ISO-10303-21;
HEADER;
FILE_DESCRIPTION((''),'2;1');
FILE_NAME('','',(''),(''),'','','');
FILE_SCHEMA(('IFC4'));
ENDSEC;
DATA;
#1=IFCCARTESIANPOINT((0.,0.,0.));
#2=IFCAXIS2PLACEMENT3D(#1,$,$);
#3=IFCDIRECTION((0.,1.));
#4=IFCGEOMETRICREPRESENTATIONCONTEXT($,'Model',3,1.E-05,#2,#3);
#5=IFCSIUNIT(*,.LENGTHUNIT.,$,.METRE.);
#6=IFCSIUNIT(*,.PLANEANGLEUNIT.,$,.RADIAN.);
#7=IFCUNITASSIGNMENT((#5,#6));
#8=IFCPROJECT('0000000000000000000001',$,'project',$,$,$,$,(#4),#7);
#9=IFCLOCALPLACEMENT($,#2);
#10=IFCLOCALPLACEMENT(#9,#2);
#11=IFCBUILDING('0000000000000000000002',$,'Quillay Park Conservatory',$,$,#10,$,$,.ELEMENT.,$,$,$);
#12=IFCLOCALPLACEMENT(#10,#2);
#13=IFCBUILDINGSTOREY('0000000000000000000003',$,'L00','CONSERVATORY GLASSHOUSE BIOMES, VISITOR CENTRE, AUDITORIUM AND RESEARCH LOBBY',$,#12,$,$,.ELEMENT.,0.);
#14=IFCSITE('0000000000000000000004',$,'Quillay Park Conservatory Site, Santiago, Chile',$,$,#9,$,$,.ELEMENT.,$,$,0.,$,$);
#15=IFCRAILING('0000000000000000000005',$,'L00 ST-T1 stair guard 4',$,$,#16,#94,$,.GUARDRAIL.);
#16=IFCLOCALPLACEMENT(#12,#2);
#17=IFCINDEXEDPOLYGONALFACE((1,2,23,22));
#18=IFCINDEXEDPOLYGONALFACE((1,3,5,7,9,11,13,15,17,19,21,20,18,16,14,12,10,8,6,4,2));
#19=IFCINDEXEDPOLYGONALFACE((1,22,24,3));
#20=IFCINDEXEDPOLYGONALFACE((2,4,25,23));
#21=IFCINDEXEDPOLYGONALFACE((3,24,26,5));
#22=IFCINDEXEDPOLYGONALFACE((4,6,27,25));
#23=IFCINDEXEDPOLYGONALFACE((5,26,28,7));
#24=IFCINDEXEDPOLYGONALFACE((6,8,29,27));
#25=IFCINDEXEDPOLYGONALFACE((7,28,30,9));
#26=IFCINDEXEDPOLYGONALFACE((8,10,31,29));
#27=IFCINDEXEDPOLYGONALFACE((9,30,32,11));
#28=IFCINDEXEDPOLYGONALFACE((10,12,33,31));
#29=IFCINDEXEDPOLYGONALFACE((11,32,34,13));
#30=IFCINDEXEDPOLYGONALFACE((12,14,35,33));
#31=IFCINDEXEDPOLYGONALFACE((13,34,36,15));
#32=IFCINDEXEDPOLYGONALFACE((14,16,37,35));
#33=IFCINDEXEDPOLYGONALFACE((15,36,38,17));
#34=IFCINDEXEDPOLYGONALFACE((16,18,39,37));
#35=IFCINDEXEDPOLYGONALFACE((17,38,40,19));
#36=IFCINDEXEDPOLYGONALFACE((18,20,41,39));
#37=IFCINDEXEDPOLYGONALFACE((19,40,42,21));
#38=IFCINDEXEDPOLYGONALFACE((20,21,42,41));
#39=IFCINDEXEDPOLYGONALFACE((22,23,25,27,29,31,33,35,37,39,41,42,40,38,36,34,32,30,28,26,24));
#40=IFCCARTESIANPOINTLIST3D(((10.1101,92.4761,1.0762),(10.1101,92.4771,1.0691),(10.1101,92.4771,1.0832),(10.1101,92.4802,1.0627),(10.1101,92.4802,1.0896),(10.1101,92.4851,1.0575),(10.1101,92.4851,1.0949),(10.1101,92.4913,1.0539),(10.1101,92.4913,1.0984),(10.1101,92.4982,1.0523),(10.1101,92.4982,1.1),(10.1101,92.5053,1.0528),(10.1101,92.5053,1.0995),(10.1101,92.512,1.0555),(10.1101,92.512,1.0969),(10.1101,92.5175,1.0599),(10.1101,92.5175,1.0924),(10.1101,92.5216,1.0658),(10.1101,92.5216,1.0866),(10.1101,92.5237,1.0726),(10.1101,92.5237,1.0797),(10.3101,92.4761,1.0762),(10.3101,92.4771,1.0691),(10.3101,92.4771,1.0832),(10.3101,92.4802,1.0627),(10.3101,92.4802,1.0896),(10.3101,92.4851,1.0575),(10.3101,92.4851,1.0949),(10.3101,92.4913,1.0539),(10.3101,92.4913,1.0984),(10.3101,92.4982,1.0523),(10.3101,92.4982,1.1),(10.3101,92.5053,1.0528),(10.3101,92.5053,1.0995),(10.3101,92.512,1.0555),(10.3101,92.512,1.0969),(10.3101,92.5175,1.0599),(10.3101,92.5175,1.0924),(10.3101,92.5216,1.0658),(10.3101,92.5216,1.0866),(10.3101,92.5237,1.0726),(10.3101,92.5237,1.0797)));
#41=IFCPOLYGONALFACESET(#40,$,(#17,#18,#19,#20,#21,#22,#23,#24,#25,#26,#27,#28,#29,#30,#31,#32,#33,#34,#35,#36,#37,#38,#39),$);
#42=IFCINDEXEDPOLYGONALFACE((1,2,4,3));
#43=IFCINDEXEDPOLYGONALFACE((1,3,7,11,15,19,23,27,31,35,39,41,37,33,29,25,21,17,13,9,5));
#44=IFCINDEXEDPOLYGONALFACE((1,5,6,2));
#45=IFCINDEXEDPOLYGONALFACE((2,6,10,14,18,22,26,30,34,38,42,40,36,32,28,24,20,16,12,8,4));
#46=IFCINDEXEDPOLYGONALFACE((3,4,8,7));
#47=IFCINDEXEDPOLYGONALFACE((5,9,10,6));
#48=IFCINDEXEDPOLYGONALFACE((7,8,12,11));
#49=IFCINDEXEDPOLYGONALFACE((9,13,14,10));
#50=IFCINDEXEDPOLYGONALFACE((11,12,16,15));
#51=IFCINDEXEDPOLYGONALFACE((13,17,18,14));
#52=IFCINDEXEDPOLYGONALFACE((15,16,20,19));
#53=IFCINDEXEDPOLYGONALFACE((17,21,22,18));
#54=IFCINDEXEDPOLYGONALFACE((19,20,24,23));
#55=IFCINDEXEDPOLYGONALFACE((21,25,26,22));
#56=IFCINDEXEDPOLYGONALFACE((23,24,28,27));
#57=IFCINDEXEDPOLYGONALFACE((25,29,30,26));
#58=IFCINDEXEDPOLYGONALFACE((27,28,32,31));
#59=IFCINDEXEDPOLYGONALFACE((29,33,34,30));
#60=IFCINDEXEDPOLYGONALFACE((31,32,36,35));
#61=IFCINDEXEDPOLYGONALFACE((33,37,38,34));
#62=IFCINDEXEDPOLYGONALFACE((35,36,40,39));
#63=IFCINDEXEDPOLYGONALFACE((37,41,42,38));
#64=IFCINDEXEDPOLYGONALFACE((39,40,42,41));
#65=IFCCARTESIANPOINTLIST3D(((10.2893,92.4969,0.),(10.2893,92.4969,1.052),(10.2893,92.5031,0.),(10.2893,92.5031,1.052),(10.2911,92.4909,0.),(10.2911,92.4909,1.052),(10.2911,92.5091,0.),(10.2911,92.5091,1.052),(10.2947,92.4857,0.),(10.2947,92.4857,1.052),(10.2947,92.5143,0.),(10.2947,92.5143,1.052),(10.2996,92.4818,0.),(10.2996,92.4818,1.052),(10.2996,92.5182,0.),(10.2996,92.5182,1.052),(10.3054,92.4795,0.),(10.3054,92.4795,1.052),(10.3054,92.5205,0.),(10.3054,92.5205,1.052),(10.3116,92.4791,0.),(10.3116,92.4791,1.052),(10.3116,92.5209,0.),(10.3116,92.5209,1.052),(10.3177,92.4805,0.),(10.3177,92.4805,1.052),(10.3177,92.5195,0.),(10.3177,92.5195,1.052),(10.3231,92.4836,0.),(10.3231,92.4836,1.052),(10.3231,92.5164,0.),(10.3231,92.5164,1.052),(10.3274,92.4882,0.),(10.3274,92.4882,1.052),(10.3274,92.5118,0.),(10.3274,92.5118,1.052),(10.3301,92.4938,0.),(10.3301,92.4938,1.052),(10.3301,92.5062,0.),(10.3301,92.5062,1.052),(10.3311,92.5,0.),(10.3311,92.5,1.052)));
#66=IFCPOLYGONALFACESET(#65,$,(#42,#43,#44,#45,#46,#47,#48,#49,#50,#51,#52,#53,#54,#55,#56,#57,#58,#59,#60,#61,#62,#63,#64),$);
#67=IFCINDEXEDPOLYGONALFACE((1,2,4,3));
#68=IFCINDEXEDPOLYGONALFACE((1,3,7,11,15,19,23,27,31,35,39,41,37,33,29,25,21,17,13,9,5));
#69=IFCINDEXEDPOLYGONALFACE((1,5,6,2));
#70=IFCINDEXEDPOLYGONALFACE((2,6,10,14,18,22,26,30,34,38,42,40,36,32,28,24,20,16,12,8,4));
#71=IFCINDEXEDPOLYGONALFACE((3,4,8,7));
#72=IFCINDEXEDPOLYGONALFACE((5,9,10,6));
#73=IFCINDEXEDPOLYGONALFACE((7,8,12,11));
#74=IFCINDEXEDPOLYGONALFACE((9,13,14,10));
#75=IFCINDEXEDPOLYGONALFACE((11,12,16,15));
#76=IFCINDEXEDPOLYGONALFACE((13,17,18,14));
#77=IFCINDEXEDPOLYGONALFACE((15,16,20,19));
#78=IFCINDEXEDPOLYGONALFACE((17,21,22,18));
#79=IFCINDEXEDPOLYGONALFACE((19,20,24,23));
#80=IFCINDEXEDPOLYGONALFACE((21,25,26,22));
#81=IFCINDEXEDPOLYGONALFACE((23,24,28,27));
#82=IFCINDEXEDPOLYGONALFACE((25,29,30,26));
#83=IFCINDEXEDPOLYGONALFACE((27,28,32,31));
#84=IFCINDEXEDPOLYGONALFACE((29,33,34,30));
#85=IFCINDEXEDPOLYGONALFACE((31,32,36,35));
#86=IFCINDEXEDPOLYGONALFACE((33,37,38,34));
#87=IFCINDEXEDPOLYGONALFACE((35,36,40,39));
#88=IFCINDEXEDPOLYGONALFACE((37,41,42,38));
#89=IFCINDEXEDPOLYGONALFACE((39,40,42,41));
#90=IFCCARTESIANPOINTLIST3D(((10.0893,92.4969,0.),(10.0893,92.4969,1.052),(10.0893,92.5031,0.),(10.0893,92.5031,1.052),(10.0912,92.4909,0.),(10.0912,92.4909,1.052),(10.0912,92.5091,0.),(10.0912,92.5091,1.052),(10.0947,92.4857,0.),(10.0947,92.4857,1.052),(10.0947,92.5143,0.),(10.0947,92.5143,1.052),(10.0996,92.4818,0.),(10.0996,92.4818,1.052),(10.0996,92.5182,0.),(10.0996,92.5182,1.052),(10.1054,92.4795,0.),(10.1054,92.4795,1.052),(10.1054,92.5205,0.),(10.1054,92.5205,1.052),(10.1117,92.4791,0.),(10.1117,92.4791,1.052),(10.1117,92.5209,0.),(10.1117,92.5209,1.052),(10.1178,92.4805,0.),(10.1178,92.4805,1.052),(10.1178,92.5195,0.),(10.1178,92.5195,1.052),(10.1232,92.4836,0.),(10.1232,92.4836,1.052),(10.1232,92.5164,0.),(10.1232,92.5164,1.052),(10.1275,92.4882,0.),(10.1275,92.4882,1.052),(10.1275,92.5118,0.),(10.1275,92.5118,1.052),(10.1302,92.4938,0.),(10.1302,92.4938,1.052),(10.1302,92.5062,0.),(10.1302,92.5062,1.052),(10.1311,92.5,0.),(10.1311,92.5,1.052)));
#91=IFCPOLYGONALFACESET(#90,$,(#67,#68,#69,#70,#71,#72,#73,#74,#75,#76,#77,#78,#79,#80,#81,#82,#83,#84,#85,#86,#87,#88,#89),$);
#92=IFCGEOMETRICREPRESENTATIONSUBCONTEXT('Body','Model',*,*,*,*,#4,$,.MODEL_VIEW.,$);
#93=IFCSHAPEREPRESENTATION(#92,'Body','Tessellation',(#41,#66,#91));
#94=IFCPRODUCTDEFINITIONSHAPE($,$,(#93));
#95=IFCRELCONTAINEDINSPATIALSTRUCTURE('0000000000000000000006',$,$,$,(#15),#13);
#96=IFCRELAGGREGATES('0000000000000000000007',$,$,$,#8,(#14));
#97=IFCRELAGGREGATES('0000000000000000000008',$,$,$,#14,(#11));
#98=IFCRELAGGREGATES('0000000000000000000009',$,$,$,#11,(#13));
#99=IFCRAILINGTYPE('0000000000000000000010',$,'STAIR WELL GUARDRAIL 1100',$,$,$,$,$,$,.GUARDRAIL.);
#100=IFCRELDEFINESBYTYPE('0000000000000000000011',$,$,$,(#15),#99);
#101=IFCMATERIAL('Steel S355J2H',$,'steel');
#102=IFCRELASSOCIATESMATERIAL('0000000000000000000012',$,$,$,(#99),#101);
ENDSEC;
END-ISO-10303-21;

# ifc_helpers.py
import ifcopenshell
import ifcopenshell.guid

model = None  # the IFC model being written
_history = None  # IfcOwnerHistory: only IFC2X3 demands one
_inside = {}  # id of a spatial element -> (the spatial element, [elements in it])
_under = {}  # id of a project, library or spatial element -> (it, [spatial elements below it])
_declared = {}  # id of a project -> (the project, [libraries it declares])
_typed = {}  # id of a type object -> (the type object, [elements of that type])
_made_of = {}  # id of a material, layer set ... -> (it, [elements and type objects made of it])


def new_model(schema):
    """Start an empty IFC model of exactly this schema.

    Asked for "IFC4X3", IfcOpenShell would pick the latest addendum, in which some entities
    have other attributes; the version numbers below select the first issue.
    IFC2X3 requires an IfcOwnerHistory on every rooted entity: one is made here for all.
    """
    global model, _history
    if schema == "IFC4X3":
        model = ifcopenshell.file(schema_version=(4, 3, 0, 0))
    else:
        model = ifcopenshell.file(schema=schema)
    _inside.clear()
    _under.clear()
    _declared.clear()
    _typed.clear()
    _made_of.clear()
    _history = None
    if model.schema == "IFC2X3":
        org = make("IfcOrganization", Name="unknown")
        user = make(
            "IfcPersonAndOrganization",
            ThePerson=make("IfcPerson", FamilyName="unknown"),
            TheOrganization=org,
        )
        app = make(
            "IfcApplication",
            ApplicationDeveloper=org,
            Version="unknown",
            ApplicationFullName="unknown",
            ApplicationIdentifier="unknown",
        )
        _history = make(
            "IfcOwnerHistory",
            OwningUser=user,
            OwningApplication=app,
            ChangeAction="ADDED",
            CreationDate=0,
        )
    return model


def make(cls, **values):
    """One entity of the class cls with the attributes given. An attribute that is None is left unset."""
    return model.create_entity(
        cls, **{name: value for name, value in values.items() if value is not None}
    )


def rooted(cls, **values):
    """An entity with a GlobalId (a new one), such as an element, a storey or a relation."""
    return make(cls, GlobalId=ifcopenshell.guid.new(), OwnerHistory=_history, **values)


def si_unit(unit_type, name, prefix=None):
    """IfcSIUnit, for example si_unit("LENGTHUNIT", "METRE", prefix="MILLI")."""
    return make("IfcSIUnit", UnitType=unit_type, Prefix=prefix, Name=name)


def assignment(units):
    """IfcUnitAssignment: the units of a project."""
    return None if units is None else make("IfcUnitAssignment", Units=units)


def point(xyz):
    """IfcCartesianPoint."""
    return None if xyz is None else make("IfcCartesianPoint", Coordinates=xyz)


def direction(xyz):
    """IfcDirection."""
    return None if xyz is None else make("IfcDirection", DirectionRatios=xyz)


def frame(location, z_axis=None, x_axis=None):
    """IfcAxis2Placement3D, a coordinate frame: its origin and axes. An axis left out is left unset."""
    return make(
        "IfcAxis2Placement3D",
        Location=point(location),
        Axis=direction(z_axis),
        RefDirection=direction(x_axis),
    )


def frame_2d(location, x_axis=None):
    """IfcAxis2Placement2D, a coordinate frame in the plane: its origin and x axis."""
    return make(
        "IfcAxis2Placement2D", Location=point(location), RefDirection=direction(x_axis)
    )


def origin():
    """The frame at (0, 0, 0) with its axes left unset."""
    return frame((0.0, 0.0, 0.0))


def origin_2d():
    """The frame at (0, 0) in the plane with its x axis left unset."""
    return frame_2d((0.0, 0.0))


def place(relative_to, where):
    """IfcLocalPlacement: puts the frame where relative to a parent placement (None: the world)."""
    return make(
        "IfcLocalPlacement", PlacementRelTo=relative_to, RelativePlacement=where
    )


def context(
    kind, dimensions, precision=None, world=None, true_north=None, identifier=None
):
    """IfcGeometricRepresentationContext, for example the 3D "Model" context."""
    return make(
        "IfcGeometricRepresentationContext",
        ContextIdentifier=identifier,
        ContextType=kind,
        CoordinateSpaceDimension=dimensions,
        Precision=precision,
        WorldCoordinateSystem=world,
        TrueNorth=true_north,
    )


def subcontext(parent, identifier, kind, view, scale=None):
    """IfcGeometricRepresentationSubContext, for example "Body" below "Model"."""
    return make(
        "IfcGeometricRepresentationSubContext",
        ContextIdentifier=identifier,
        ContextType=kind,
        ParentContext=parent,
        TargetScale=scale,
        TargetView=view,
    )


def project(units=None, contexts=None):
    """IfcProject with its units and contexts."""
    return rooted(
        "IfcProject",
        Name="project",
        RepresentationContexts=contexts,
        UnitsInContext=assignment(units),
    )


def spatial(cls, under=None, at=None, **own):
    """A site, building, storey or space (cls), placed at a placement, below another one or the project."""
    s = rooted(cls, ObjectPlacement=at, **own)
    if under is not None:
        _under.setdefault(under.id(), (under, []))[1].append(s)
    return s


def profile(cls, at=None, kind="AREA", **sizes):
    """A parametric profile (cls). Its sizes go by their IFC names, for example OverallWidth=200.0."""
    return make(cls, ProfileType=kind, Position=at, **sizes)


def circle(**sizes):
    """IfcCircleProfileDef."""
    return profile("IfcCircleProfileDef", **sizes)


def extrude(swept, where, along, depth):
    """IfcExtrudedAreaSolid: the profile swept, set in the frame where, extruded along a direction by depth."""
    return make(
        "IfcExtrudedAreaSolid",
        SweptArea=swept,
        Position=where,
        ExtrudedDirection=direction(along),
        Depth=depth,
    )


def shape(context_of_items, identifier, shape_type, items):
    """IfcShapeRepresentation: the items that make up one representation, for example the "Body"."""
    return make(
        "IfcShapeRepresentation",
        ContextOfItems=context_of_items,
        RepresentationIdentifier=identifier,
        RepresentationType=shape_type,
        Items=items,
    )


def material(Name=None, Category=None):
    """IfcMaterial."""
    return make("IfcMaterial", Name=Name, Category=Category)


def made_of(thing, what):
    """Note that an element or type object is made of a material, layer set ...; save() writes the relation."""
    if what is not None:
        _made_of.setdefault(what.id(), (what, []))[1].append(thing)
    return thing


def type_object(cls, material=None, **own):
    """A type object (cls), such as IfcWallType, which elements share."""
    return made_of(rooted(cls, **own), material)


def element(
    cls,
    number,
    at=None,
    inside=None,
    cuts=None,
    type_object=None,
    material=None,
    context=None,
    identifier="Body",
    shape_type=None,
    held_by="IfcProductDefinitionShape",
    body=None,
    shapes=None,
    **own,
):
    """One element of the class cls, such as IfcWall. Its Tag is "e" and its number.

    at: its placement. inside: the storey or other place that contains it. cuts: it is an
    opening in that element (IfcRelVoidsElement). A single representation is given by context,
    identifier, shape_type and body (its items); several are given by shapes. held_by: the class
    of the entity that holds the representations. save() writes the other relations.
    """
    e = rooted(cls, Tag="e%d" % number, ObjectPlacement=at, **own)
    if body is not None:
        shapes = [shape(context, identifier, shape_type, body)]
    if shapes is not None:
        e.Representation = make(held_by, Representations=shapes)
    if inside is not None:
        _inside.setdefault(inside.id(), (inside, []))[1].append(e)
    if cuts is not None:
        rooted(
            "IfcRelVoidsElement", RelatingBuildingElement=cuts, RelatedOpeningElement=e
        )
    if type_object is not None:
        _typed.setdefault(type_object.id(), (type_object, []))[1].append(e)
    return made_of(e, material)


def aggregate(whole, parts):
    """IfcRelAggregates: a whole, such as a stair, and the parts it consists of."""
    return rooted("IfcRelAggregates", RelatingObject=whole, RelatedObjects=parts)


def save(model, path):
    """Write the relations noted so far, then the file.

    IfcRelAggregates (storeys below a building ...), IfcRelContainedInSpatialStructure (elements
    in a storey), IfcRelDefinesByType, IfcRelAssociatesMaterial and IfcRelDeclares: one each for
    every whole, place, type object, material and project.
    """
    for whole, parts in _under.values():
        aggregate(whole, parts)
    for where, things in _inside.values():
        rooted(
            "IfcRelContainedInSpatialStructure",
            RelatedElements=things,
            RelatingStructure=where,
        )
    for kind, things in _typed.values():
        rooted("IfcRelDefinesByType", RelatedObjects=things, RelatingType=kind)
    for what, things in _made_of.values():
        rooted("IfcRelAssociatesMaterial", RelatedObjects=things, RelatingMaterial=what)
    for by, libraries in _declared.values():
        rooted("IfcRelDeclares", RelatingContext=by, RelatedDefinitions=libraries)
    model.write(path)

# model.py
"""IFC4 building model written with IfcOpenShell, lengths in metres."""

from ifc_helpers import new_model, si_unit, direction, frame, origin, origin_2d, place, context, subcontext, project, spatial, circle, extrude, material, type_object, element, save


model = new_model("IFC4")

# Units and contexts
model_context = context("Model", 3, precision=1e-05, world=origin(), true_north=direction((0.0, 1.0)))
body_context = subcontext(model_context, "Body", "Model", "MODEL_VIEW")
ifc_project = project(units=[si_unit("LENGTHUNIT", "METRE"), si_unit("PLANEANGLEUNIT", "RADIAN")], contexts=[model_context])

# Site, building, storey
site_placement = place(None, origin())
site = spatial("IfcSite", under=ifc_project, at=site_placement, Name="Quillay Park Conservatory Site, Santiago, Chile", CompositionType="ELEMENT", RefElevation=0.0)
building_placement = place(site_placement, origin())
building = spatial("IfcBuilding", under=site, at=building_placement, Name="Quillay Park Conservatory", CompositionType="ELEMENT")
storey_placement = place(building_placement, origin())
storey = spatial("IfcBuildingStorey", under=building, at=storey_placement, Name="L00", Description="CONSERVATORY GLASSHOUSE BIOMES, VISITOR CENTRE, AUDITORIUM AND RESEARCH LOBBY", CompositionType="ELEMENT", Elevation=0.0)

# Railing
ifc_material_1 = material(Name="Steel S355J2H", Category="steel")
railing_type_1 = type_object("IfcRailingType", Name="STAIR WELL GUARDRAIL 1100", PredefinedType="GUARDRAIL", material=ifc_material_1)
railing_1_placement = place(storey_placement, frame((10.3101, 92.5, 0.0)))
element("IfcRailing", 1, at=railing_1_placement, inside=storey, type_object=railing_type_1, Name="L00 ST-T1 stair guard 4", PredefinedType="GUARDRAIL", context=body_context, shape_type="SweptSolid", body=[
    extrude(circle(Radius=0.0239, at=origin_2d()), frame((0.0, 0.0, 1.0762), z_axis=(-1.0, 0.0, 0.0), x_axis=(0.0, -1.0, 0.0)), (0.0, 0.0, 1.0), 0.2),
    extrude(circle(Radius=0.021, at=origin_2d()), origin(), (0.0, 0.0, 1.0), 1.052),
    extrude(circle(Radius=0.021, at=origin_2d()), frame((-0.2, 0.0, 0.0)), (0.0, 0.0, 1.0), 1.052),
])

save(model, "model.ifc")
